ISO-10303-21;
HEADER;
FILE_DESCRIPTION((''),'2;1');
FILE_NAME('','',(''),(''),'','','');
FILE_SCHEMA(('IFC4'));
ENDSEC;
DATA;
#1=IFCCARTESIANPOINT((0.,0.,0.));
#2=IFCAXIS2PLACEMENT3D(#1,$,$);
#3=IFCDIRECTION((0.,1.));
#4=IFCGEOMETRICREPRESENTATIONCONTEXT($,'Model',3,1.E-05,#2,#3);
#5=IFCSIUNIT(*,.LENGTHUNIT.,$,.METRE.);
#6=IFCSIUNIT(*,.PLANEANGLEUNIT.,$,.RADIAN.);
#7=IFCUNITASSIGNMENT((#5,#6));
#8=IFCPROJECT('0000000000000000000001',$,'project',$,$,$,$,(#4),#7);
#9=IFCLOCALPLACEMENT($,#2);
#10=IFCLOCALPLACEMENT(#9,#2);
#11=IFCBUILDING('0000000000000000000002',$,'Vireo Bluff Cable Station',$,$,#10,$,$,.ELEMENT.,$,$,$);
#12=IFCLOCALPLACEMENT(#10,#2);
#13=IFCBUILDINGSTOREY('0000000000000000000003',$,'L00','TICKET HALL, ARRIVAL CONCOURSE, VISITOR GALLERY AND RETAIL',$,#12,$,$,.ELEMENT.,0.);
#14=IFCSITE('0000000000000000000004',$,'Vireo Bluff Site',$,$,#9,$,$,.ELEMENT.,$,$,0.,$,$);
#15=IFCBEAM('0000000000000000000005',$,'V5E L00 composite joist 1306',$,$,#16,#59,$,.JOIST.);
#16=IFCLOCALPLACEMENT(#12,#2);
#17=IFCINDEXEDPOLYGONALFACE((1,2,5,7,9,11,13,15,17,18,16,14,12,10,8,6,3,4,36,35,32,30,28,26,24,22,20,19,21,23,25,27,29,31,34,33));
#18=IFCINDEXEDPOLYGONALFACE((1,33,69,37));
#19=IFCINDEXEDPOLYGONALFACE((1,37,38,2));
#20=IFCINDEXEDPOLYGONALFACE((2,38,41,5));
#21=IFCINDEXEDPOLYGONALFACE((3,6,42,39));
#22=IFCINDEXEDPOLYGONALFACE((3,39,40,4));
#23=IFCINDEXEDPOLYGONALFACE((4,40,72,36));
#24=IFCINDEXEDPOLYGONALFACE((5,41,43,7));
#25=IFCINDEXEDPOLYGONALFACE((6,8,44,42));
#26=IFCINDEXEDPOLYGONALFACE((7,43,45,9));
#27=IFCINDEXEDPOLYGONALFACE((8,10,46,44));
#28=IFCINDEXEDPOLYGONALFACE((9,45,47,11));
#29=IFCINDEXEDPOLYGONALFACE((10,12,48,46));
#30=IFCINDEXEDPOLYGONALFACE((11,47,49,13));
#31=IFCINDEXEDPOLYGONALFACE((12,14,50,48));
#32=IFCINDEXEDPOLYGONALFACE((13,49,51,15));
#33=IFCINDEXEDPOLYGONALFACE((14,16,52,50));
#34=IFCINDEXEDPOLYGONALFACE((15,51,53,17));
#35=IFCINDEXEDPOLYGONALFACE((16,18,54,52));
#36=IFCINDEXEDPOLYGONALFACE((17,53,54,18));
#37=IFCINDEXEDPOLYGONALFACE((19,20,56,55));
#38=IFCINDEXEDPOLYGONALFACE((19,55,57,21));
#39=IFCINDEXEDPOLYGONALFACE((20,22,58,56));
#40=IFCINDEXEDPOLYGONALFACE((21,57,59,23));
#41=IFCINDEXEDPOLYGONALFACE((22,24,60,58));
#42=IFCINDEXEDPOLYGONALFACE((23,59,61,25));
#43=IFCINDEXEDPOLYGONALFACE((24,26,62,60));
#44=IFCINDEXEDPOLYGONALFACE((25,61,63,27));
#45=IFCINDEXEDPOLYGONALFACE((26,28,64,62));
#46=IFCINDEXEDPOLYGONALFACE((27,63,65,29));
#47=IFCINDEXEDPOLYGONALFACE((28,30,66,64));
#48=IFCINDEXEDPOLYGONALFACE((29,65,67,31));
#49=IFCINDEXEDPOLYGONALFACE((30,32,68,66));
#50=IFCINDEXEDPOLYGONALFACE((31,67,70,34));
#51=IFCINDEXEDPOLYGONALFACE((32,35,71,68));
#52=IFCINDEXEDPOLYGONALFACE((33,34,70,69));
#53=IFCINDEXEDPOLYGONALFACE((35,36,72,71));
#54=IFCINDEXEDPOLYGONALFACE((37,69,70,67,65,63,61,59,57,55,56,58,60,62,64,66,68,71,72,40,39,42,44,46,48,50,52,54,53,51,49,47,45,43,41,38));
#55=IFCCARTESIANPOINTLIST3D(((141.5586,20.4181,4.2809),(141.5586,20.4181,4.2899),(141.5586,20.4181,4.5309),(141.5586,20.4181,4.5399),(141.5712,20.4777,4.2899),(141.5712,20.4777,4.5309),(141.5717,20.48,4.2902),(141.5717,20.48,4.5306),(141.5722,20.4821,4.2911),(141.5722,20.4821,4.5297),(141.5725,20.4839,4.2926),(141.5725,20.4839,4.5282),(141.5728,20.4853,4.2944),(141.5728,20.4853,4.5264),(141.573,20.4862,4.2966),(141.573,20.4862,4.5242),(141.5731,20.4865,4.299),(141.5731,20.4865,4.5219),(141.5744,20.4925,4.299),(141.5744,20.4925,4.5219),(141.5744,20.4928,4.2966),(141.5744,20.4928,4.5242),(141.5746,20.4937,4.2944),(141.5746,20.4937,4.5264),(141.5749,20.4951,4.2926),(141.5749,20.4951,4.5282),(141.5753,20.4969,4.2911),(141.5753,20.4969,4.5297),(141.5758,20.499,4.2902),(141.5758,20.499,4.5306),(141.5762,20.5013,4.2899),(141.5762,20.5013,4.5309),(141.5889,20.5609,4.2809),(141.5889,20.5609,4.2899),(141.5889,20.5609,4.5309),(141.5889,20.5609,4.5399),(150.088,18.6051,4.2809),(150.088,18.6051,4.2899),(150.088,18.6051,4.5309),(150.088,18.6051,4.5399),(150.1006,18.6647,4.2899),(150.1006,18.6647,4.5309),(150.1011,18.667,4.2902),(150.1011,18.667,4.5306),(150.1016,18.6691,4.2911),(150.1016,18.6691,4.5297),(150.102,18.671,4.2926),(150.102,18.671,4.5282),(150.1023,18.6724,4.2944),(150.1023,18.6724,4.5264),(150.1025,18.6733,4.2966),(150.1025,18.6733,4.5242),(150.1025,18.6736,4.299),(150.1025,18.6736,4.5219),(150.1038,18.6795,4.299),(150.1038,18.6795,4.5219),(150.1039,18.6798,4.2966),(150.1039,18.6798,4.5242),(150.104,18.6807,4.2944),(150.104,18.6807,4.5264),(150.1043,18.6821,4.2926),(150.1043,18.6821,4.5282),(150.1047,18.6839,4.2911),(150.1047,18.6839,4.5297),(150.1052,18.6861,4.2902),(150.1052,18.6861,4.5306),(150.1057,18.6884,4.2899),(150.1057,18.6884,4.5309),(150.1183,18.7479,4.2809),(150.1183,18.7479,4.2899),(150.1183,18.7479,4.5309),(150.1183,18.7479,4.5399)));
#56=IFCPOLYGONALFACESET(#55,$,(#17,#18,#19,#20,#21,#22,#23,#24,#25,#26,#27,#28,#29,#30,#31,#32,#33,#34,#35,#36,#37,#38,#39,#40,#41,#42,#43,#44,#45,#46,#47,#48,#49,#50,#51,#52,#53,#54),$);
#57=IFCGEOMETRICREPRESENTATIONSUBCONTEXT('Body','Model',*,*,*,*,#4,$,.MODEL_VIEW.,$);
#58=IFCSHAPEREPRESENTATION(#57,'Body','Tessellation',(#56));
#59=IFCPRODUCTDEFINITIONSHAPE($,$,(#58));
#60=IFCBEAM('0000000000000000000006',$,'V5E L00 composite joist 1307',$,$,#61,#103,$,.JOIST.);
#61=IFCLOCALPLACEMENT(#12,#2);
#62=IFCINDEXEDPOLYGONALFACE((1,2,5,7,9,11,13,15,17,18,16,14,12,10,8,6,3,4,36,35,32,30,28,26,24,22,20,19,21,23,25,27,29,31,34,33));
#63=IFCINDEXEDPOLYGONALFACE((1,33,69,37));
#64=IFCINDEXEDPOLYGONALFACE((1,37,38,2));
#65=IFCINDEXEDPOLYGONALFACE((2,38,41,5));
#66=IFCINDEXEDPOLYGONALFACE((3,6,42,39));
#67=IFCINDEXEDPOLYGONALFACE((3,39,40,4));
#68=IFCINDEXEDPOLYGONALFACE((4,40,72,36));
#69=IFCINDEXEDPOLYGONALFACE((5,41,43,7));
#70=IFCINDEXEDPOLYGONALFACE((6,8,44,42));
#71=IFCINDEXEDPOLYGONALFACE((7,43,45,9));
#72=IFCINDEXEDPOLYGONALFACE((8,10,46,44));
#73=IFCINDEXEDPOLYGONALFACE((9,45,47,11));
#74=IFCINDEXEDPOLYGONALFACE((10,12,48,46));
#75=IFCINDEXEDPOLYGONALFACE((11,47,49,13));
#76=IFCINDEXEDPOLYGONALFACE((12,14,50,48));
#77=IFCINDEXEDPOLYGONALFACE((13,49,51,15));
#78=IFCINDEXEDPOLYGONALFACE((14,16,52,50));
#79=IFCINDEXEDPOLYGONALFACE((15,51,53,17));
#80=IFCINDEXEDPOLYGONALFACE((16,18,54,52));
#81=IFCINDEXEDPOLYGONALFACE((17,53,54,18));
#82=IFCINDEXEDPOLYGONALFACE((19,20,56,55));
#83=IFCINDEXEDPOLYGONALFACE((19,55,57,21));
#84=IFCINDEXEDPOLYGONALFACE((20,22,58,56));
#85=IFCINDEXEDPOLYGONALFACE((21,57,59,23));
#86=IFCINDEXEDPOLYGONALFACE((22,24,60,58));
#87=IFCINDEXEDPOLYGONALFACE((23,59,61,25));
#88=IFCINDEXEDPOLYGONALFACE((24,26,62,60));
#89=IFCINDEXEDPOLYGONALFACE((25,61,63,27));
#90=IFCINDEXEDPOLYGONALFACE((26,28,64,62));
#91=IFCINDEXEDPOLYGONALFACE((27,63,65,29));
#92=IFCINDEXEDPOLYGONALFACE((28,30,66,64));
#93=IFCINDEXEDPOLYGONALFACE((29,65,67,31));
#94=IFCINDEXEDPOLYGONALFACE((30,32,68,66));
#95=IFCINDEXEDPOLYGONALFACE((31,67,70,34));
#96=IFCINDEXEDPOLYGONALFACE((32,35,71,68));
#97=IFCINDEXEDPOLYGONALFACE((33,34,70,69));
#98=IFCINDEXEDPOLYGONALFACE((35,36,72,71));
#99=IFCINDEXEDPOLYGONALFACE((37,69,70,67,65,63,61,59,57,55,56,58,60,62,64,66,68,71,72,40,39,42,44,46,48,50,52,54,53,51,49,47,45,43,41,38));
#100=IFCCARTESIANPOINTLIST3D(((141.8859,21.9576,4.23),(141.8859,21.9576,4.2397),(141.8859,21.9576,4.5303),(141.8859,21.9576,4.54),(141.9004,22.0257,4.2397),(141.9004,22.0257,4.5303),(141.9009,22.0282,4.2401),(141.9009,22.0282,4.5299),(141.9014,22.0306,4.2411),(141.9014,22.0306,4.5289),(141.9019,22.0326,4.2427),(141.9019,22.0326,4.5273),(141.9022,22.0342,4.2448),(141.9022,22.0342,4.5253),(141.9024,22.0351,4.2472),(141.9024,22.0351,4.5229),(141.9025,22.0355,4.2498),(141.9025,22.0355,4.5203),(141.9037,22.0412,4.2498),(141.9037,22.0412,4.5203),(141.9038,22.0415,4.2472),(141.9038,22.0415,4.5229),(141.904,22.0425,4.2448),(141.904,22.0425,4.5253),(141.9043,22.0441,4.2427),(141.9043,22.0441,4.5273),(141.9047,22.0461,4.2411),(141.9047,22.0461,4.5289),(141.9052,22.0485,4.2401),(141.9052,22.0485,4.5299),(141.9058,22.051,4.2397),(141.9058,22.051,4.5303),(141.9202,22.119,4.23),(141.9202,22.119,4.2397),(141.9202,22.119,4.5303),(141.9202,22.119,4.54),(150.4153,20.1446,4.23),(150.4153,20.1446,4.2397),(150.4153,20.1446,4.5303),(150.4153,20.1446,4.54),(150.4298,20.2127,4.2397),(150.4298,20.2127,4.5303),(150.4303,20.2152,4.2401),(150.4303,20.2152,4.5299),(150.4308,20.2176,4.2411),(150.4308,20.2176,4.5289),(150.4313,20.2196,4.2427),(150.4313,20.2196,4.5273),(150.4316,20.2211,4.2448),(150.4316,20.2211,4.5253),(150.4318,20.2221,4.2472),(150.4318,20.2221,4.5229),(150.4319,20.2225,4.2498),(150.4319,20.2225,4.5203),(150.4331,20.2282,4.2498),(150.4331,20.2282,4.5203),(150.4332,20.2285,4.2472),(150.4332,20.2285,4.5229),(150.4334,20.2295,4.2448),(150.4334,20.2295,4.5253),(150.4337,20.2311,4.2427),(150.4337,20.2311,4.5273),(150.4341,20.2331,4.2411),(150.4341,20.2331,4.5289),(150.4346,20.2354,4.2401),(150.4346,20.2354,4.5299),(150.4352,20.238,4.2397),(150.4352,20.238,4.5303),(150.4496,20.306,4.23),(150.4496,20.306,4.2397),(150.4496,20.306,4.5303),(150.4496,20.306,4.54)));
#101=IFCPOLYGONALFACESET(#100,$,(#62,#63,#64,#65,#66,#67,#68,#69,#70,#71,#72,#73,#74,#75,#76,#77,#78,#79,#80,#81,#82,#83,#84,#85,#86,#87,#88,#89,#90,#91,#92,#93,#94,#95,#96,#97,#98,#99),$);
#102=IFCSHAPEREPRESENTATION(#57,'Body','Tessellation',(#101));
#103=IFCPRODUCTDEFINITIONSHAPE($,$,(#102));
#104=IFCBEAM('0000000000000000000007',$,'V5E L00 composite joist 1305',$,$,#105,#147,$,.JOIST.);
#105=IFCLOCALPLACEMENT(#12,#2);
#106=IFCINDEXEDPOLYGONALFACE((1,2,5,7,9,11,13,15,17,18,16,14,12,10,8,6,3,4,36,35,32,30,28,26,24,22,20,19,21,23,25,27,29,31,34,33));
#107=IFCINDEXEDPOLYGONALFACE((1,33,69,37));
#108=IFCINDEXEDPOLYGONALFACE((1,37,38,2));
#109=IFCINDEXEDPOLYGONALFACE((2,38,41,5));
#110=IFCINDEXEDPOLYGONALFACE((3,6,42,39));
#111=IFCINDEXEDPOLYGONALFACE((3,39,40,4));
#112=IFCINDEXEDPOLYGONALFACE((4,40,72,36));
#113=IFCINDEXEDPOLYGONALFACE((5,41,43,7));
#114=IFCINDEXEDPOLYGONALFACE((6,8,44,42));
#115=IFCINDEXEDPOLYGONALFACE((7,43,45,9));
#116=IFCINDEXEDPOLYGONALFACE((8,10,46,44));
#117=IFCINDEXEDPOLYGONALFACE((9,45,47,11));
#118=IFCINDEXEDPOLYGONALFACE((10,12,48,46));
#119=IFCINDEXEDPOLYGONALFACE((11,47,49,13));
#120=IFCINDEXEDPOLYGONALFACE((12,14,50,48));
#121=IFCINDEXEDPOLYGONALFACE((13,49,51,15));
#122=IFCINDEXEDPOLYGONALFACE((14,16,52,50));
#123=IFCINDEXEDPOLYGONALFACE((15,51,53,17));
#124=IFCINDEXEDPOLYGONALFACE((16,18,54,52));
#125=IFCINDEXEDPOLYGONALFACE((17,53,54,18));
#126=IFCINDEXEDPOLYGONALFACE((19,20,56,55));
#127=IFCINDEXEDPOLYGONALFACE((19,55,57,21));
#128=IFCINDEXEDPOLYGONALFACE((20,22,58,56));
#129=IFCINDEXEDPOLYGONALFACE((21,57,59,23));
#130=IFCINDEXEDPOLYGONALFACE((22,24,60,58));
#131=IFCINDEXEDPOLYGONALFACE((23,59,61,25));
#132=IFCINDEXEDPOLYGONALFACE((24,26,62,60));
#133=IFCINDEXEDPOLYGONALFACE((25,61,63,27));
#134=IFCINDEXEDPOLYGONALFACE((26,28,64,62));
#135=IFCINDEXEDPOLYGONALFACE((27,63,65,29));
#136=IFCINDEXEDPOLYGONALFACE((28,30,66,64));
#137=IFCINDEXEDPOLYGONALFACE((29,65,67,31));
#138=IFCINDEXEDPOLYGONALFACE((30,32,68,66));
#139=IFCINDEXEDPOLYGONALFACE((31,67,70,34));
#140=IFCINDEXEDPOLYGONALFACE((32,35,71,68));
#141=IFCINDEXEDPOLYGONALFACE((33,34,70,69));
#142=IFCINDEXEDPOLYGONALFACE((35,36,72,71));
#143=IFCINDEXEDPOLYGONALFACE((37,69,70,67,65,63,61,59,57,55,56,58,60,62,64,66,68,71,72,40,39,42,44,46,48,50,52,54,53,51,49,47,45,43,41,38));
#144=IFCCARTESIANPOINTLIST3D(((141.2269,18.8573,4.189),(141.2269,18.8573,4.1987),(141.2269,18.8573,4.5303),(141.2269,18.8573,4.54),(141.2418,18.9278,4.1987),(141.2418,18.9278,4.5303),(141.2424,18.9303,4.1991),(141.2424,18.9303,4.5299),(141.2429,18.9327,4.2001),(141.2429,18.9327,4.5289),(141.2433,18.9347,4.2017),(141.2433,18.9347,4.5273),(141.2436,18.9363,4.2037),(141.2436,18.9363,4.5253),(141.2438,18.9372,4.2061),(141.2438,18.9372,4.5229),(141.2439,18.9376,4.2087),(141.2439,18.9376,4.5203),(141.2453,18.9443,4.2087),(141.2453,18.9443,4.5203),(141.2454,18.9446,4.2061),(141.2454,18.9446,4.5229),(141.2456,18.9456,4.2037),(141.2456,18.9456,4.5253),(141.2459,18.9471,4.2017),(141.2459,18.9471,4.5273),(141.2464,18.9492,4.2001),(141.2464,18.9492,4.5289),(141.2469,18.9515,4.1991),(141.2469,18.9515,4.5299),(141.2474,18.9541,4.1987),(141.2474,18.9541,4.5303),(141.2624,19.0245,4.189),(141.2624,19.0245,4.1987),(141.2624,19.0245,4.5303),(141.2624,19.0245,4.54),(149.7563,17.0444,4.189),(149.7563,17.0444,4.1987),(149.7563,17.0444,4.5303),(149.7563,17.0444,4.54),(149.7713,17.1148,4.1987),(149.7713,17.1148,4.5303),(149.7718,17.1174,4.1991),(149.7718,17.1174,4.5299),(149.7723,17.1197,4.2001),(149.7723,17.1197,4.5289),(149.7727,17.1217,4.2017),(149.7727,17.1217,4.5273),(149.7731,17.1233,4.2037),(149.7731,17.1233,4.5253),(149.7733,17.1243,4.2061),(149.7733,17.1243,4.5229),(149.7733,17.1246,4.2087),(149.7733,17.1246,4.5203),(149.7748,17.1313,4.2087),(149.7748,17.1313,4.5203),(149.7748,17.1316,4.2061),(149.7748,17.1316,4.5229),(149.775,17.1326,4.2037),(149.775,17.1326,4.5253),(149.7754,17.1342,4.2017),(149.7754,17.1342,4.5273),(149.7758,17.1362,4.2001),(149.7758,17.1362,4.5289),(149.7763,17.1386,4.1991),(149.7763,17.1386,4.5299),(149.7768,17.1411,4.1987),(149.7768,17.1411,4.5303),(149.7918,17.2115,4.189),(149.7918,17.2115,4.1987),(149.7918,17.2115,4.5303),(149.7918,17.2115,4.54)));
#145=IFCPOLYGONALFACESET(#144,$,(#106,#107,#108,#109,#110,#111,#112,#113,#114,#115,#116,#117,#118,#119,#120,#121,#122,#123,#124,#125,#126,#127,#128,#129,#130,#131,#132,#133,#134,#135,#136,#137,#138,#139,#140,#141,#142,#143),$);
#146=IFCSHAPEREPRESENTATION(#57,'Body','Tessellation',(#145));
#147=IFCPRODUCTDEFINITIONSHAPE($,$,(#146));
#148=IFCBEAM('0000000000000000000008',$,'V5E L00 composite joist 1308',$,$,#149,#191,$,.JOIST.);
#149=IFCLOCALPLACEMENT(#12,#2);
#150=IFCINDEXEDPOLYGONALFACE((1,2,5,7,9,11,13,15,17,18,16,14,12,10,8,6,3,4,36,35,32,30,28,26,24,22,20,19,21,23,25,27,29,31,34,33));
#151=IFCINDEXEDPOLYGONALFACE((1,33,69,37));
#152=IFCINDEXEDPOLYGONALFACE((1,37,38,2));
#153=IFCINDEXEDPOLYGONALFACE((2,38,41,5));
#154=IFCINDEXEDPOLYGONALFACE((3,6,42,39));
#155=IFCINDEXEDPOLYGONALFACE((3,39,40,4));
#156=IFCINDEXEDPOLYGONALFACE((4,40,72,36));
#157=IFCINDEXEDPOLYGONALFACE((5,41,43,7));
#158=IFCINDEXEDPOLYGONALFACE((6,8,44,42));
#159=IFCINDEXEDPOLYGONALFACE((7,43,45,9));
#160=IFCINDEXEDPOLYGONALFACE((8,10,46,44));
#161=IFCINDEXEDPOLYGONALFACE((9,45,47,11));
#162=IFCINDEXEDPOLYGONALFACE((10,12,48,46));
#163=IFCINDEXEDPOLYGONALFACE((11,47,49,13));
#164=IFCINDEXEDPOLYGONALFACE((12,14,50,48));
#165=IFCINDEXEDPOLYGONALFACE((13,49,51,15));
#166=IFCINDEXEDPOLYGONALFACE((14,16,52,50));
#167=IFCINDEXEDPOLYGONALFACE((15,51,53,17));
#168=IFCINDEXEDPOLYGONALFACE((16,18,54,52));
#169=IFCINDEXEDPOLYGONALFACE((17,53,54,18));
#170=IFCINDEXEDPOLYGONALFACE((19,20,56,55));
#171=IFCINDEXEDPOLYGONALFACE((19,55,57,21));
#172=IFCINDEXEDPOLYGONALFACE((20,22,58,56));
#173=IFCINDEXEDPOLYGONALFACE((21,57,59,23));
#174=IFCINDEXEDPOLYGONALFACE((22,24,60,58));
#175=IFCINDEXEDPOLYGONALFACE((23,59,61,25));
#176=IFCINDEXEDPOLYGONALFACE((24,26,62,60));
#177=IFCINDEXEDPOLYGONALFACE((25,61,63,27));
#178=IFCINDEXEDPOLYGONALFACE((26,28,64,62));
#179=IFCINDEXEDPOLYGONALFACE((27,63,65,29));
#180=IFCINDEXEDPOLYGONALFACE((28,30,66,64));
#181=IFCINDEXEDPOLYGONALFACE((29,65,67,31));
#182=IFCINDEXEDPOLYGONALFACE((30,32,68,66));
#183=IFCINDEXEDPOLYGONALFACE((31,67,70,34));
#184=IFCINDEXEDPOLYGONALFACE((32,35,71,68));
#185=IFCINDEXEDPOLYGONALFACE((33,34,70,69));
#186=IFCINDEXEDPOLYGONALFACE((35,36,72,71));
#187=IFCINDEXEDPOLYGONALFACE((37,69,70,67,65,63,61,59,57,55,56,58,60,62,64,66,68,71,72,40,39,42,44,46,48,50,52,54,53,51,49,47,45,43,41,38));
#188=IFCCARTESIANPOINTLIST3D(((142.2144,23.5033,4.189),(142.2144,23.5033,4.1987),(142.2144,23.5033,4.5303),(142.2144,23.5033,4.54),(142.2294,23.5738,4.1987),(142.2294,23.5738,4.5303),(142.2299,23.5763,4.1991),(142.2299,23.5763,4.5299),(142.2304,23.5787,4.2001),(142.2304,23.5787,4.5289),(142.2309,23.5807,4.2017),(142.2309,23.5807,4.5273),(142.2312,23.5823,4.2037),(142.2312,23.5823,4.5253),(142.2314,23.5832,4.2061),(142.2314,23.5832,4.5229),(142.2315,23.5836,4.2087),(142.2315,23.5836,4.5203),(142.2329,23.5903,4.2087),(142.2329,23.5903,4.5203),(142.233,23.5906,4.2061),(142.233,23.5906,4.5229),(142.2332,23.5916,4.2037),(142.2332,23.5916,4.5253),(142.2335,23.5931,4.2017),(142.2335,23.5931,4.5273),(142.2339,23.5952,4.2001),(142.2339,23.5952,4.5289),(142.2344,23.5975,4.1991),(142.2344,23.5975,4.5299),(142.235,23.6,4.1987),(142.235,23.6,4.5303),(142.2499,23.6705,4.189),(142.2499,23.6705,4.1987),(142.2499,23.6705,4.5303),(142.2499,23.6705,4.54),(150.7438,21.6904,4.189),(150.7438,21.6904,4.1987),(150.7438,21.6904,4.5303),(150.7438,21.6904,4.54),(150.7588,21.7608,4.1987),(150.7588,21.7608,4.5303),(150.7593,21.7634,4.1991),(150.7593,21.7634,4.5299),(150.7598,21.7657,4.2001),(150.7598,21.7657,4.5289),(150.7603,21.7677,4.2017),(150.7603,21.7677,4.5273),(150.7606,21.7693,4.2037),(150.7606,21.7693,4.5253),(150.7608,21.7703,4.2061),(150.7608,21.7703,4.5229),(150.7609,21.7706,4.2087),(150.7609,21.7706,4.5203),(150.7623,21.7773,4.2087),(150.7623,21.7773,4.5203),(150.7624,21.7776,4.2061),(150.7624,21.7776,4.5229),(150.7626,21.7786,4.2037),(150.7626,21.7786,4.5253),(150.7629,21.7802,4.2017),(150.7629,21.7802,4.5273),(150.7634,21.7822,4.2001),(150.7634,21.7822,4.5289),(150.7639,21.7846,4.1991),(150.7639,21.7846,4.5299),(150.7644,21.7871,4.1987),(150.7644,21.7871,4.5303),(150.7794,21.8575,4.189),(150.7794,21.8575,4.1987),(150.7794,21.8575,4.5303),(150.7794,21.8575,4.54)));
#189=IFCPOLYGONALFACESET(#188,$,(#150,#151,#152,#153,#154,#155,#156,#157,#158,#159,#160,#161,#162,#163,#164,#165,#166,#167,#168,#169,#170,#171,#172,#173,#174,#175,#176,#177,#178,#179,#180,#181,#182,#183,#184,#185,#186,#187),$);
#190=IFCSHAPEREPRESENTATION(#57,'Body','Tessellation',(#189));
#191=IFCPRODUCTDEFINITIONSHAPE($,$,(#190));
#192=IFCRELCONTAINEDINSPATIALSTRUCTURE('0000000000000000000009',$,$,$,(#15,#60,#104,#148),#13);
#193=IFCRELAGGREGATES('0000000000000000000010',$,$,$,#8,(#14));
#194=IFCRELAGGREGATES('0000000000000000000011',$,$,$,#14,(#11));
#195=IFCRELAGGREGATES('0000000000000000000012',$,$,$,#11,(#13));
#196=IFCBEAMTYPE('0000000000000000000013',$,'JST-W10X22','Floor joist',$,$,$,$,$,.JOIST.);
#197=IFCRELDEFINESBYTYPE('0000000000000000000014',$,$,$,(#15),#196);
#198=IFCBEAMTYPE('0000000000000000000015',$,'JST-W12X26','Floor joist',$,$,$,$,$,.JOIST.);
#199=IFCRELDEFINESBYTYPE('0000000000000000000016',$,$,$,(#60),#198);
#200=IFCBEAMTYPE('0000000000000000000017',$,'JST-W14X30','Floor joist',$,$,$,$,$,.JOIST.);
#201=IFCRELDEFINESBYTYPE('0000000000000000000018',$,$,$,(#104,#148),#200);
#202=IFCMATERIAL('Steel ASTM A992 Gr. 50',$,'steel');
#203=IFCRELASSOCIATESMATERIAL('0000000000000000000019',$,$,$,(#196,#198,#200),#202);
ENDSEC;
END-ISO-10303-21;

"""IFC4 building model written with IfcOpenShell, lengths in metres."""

from ifc_helpers import new_model, si_unit, direction, frame, origin, origin_2d, place, context, subcontext, project, spatial, i_section, extrude, material, material_profile, profile_set, type_object, element, save


model = new_model("IFC4")

# Units and contexts
model_context = context("Model", 3, precision=1e-05, world=origin(), true_north=direction((0.0, 1.0)))
body_context = subcontext(model_context, "Body", "Model", "MODEL_VIEW")
ifc_project = project(units=[si_unit("LENGTHUNIT", "METRE"), si_unit("PLANEANGLEUNIT", "RADIAN")], contexts=[model_context])

# Site, building, storey
site_placement = place(None, origin())
site = spatial("IfcSite", under=ifc_project, at=site_placement, Name="Vireo Bluff Site", CompositionType="ELEMENT", RefElevation=0.0)
building_placement = place(site_placement, origin())
building = spatial("IfcBuilding", under=site, at=building_placement, Name="Vireo Bluff Cable Station", CompositionType="ELEMENT")
storey_placement = place(building_placement, origin())
storey = spatial("IfcBuildingStorey", under=building, at=storey_placement, Name="L00", Description="TICKET HALL, ARRIVAL CONCOURSE, VISITOR GALLERY AND RETAIL", CompositionType="ELEMENT", Elevation=0.0)

# Shared definitions
ifc_material_1 = material(Name="Steel ASTM A992 Gr. 50", Category="steel")

# Beams
ifc_material_profile_1 = material_profile(ifc_material_1, i_section(OverallWidth=0.146, OverallDepth=0.259, WebThickness=0.0061, FlangeThickness=0.009, FilletRadius=0.009, at=origin_2d()), Name="W10X22")
ifc_profile_set_1 = profile_set([ifc_material_profile_1], Name="Steel ASTM A992 Gr. 50")
beam_type_1 = type_object("IfcBeamType", Name="JST-W10X22", Description="Floor joist", PredefinedType="JOIST", material=ifc_profile_set_1)
beam_1_placement = place(storey_placement, frame((141.5737, 20.4895, 4.4104), z_axis=(0.978148, -0.207909, 0.0), x_axis=(0.207909, 0.978148, 0.0)))
element("IfcBeam", 1, at=beam_1_placement, inside=storey, type_object=beam_type_1, Name="V5E L00 composite joist 1306", PredefinedType="JOIST", context=body_context, shape_type="SweptSolid", body=[
    extrude(i_section(OverallWidth=0.146, OverallDepth=0.259, WebThickness=0.0061, FlangeThickness=0.009, FilletRadius=0.009, at=origin_2d()), origin(), (0.0, 0.0, 1.0), 8.72),
])
ifc_material_profile_2 = material_profile(ifc_material_1, i_section(OverallWidth=0.165, OverallDepth=0.3101, WebThickness=0.0059, FlangeThickness=0.0098, FilletRadius=0.01, at=origin_2d()), Name="W12X26")
ifc_profile_set_2 = profile_set([ifc_material_profile_2], Name="Steel ASTM A992 Gr. 50")
beam_type_2 = type_object("IfcBeamType", Name="JST-W12X26", Description="Floor joist", PredefinedType="JOIST", material=ifc_profile_set_2)
beam_2_placement = place(storey_placement, frame((141.9031, 22.0383, 4.385), z_axis=(0.978147, -0.207915, 0.0), x_axis=(0.207915, 0.978147, 0.0)))
element("IfcBeam", 2, at=beam_2_placement, inside=storey, type_object=beam_type_2, Name="V5E L00 composite joist 1307", PredefinedType="JOIST", context=body_context, shape_type="SweptSolid", body=[
    extrude(i_section(OverallWidth=0.165, OverallDepth=0.3101, WebThickness=0.0059, FlangeThickness=0.0098, FilletRadius=0.01, at=origin_2d()), origin(), (0.0, 0.0, 1.0), 8.72),
])
ifc_material_profile_3 = material_profile(ifc_material_1, i_section(OverallWidth=0.1709, OverallDepth=0.3511, WebThickness=0.0068, FlangeThickness=0.0098, FilletRadius=0.01, at=origin_2d()), Name="W14X30")
ifc_profile_set_3 = profile_set([ifc_material_profile_3], Name="Steel ASTM A992 Gr. 50")
beam_type_3 = type_object("IfcBeamType", Name="JST-W14X30", Description="Floor joist", PredefinedType="JOIST", material=ifc_profile_set_3)
for number, where, z_axis, x_axis, name in (
    (3, (141.2446, 18.9409, 4.3645), (0.978148, -0.207909, 0.0), (0.207909, 0.978148, 0.0), "V5E L00 composite joist 1305"),
    (4, (142.2322, 23.5869, 4.3645), (0.978148, -0.207909, 0.0), (0.207909, 0.978148, 0.0), "V5E L00 composite joist 1308"),
):
    element("IfcBeam", number, at=place(storey_placement, frame(where, z_axis=z_axis, x_axis=x_axis)), inside=storey, type_object=beam_type_3, Name=name, PredefinedType="JOIST", context=body_context, shape_type="SweptSolid", body=[
        extrude(i_section(OverallWidth=0.1709, OverallDepth=0.3511, WebThickness=0.0068, FlangeThickness=0.0098, FilletRadius=0.01, at=origin_2d()), origin(), (0.0, 0.0, 1.0), 8.72),
    ])

save(model, "model.ifc")
